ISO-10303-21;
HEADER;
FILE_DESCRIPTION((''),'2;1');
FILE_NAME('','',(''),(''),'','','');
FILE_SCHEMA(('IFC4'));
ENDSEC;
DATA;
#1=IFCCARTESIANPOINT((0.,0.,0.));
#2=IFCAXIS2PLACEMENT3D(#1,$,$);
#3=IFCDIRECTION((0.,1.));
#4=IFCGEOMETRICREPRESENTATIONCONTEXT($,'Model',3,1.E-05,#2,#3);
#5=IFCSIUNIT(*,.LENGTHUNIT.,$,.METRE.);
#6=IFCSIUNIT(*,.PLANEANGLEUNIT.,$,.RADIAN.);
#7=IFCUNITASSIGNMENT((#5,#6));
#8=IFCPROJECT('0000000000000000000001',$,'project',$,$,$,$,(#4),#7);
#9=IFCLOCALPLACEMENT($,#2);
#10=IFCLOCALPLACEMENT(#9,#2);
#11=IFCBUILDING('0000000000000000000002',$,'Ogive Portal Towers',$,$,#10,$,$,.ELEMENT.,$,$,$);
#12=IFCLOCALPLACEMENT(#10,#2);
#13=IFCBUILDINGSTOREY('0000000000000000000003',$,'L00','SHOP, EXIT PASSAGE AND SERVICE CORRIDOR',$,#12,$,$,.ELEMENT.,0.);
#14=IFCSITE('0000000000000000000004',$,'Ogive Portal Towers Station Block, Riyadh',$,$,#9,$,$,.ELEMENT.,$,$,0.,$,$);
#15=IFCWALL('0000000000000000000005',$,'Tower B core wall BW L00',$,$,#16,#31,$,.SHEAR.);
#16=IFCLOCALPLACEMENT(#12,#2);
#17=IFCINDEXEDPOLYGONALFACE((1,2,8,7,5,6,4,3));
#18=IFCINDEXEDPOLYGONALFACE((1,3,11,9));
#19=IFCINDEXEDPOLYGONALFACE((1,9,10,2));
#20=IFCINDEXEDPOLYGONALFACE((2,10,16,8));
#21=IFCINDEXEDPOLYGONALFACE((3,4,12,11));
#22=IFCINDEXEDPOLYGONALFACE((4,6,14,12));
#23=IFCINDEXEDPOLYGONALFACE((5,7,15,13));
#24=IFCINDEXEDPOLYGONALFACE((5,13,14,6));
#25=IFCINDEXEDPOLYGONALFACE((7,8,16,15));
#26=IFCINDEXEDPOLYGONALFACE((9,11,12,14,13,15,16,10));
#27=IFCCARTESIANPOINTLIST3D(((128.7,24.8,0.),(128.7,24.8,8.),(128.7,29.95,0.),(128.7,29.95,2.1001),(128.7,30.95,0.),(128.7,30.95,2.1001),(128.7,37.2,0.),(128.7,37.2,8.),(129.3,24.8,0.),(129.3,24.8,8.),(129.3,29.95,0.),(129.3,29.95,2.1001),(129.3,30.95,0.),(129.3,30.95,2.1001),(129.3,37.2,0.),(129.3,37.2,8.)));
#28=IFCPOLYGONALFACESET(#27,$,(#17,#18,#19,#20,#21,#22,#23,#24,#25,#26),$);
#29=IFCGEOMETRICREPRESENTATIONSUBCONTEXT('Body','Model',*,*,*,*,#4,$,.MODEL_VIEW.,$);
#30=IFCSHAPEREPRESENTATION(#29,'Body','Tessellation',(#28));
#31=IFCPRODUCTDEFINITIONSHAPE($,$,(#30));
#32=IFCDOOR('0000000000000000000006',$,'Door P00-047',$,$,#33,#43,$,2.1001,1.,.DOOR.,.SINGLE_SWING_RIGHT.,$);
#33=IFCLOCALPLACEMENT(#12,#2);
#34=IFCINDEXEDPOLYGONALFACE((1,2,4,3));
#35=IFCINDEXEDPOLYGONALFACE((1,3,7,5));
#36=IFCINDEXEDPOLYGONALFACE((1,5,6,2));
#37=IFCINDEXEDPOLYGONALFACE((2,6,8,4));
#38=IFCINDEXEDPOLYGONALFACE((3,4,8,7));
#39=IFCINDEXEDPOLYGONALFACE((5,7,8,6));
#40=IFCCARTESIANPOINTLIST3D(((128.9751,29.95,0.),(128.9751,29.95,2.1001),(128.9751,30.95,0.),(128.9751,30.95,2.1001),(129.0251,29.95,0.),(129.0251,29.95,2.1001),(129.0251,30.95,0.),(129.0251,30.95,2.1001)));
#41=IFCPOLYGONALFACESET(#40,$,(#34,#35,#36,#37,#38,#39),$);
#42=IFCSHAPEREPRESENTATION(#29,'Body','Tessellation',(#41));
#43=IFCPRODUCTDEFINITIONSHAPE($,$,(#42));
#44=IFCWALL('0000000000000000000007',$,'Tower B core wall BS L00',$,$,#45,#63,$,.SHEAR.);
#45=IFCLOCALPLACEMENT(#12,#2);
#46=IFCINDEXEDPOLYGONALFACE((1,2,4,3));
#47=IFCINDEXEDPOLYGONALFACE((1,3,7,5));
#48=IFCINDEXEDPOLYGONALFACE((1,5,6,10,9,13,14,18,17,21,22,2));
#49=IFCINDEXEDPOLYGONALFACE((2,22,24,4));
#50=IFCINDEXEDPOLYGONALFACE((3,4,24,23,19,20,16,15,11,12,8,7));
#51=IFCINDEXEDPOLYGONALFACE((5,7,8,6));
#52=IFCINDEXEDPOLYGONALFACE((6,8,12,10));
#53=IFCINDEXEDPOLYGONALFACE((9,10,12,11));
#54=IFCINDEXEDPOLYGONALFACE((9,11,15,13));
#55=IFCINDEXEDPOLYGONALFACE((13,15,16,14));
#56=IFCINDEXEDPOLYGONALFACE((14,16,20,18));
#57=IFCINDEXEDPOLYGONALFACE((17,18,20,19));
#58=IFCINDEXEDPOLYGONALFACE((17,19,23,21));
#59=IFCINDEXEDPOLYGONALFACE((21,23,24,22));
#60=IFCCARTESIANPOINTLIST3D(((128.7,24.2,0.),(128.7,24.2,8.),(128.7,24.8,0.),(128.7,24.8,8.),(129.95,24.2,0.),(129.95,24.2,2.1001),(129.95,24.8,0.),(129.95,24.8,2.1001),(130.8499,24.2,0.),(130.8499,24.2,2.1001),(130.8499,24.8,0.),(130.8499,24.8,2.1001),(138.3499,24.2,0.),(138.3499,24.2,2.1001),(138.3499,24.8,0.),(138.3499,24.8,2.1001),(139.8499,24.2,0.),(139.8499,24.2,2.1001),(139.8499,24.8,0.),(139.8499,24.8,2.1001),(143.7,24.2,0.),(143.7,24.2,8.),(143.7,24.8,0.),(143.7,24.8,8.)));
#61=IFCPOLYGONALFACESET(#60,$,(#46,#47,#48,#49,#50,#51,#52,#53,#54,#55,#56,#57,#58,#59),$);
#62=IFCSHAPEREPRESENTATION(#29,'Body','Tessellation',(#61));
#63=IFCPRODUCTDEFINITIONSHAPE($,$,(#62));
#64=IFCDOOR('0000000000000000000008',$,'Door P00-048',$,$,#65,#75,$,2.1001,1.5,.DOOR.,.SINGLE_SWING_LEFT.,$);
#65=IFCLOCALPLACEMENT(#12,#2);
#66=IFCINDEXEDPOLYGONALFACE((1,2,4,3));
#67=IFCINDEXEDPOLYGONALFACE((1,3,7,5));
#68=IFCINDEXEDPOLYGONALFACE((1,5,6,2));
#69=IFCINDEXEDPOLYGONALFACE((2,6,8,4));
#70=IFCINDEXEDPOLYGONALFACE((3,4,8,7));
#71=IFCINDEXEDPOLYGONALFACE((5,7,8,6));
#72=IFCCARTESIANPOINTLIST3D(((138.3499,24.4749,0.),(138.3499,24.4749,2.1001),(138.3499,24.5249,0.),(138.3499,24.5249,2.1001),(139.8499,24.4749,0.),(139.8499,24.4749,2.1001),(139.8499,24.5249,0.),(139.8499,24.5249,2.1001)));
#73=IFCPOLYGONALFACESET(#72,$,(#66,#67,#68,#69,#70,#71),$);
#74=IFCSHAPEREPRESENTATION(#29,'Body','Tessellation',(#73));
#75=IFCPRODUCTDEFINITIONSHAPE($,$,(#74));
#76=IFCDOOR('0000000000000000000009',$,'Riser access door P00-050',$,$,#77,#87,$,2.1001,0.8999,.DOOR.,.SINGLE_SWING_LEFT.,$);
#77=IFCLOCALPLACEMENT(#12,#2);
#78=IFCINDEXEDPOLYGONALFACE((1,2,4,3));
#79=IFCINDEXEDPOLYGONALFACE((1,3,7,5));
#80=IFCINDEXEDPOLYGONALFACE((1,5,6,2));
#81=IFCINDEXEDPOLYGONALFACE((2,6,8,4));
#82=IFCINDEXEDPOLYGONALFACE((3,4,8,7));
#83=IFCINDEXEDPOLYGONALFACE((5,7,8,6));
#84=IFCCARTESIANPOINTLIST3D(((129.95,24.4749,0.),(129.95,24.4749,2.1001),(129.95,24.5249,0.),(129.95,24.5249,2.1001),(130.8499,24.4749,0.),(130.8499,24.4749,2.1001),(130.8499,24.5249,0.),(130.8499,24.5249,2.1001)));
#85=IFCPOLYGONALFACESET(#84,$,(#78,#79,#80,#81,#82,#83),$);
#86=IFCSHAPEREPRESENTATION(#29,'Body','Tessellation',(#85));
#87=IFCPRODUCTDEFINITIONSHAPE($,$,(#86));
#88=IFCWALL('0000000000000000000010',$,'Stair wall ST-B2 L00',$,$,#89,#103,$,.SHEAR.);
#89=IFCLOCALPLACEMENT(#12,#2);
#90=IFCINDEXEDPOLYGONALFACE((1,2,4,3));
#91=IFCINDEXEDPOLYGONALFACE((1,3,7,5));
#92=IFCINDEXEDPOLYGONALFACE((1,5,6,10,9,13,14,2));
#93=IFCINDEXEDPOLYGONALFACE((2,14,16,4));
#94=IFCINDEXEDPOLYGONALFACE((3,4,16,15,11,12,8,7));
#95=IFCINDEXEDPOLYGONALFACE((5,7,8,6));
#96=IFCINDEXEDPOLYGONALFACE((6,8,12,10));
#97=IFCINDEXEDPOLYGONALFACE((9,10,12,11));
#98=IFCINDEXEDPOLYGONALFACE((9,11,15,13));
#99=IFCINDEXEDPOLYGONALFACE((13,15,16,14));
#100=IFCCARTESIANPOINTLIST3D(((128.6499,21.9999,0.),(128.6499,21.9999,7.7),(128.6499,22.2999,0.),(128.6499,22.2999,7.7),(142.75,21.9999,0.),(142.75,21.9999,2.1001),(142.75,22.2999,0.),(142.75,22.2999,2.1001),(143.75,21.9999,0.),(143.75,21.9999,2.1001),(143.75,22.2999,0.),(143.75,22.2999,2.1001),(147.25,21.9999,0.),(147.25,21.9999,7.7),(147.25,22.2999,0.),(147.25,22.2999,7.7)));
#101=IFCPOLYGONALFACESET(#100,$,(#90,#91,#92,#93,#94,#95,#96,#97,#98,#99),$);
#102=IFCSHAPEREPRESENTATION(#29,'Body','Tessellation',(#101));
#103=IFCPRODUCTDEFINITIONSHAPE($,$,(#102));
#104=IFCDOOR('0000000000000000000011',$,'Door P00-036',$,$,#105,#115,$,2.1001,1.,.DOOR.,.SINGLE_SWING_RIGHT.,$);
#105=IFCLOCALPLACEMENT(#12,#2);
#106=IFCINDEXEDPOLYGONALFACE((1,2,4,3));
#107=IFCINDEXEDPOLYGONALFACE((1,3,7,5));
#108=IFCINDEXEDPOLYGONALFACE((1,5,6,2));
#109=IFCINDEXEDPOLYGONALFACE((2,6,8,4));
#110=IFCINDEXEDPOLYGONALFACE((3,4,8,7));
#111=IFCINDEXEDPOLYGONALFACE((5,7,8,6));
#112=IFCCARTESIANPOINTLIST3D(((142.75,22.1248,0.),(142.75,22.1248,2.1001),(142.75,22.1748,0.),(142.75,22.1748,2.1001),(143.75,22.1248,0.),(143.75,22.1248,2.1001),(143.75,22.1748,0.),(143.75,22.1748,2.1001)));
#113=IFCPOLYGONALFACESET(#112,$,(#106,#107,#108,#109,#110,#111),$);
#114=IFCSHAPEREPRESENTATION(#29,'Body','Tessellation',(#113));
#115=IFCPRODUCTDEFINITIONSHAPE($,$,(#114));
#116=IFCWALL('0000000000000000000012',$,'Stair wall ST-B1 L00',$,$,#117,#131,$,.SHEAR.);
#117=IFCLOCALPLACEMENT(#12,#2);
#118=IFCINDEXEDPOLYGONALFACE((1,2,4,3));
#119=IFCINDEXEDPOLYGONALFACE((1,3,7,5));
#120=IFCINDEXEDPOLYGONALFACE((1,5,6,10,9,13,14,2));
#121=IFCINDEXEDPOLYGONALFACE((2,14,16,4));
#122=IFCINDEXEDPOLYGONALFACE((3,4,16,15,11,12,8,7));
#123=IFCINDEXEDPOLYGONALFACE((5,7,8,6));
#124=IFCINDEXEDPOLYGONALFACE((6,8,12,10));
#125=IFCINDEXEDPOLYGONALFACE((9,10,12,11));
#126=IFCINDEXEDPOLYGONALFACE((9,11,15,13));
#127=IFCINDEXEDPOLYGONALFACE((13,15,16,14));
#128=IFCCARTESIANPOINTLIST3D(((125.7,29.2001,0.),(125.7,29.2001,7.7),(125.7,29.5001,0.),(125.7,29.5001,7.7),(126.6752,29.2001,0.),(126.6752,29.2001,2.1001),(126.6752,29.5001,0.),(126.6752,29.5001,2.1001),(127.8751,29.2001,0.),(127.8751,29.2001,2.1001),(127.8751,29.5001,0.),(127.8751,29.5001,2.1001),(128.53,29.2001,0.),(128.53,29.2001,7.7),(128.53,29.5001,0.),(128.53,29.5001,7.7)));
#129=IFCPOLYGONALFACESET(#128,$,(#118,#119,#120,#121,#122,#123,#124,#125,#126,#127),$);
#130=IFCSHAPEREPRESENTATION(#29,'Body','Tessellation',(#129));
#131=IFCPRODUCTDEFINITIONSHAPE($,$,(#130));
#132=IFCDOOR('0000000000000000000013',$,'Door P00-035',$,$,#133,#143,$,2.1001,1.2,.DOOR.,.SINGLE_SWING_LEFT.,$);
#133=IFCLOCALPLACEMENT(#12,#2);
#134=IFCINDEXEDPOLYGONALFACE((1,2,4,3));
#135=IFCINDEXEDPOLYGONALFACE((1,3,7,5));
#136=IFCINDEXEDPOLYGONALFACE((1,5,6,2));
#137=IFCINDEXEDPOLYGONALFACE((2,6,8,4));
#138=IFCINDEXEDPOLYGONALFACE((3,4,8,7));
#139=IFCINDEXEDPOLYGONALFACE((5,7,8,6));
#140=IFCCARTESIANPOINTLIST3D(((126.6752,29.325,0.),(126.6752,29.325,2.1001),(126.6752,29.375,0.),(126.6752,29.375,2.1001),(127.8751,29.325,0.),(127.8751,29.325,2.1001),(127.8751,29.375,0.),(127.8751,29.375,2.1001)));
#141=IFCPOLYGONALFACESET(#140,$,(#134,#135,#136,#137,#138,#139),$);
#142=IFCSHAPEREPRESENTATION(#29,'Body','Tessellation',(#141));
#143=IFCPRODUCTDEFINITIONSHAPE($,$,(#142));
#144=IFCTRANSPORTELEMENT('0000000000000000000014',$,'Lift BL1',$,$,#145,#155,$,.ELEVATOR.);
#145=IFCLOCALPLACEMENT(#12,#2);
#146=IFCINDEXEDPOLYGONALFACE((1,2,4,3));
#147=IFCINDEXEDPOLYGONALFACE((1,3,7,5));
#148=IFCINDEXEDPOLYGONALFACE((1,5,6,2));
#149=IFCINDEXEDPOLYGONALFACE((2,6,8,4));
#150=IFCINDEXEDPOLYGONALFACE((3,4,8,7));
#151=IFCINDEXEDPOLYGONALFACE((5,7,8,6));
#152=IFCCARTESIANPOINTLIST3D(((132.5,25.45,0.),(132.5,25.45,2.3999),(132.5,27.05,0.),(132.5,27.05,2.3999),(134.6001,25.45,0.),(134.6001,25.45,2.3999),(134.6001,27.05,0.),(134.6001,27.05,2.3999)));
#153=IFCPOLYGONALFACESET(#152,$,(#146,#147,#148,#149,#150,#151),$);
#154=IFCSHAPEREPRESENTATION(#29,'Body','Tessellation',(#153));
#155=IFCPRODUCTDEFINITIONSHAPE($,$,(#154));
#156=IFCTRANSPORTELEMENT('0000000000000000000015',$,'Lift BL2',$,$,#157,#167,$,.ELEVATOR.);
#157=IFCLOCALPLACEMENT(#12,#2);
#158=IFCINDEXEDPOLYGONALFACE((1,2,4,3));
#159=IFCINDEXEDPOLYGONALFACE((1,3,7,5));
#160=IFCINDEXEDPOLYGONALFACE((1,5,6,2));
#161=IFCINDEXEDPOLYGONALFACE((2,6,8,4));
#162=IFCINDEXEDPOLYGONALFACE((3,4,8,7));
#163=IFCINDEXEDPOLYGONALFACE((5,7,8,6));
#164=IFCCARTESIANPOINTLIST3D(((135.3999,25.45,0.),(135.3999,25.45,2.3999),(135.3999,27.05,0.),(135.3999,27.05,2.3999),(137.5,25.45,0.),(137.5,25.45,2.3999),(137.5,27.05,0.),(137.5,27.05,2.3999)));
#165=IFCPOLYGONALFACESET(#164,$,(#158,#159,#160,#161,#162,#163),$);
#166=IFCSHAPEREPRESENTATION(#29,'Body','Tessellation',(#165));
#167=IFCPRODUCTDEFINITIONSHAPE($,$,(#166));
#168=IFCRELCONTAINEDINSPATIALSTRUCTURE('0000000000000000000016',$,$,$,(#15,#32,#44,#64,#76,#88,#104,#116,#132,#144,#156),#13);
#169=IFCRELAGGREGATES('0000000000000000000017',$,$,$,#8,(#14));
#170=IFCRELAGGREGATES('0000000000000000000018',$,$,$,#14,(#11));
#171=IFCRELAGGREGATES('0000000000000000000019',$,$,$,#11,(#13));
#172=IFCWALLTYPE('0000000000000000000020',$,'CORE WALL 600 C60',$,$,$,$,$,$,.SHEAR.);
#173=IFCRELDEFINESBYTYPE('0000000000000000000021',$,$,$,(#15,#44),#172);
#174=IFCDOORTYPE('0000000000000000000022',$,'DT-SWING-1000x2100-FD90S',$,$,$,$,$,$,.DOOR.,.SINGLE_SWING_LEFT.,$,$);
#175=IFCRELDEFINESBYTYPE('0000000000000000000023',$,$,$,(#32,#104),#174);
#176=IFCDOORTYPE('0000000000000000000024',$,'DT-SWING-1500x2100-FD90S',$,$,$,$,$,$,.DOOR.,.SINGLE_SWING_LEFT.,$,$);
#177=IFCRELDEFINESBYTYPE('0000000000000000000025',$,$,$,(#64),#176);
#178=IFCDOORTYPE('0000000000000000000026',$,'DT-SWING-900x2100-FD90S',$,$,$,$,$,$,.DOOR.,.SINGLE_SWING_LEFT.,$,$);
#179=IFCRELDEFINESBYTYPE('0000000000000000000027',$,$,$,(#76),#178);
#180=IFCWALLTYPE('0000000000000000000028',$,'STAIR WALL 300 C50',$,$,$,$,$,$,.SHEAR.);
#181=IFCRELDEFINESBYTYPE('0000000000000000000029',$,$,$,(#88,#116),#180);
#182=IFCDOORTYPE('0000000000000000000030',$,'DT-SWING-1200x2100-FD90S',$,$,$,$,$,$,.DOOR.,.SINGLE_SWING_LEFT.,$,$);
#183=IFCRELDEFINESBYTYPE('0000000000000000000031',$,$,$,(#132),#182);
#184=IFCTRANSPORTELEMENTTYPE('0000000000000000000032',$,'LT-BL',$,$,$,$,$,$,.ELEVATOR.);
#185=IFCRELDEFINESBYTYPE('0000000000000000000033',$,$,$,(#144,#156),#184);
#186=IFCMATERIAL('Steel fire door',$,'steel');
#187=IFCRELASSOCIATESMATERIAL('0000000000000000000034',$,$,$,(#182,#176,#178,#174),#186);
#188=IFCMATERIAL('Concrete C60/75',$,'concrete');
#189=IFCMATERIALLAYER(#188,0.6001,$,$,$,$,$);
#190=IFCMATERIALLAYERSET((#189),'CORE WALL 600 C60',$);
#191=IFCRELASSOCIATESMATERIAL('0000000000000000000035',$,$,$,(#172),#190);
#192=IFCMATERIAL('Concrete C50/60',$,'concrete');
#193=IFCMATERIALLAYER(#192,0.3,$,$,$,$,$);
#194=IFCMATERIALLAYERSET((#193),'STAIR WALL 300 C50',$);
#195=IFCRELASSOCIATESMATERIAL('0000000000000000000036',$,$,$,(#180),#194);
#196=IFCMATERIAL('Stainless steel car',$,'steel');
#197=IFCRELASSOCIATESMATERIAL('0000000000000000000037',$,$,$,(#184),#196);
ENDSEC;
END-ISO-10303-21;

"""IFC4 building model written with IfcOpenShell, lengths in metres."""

from ifc_helpers import new_model, si_unit, direction, frame, frame_2d, origin, origin_2d, place, context, subcontext, project, spatial, rectangle, extrude, material, layer, layer_set, type_object, element, fill, save


model = new_model("IFC4")

# Units and contexts
model_context = context("Model", 3, precision=1e-05, world=origin(), true_north=direction((0.0, 1.0)))
body_context = subcontext(model_context, "Body", "Model", "MODEL_VIEW")
ifc_project = project(units=[si_unit("LENGTHUNIT", "METRE"), si_unit("PLANEANGLEUNIT", "RADIAN")], contexts=[model_context])

# Site, building, storey
site_placement = place(None, origin())
site = spatial("IfcSite", under=ifc_project, at=site_placement, Name="Ogive Portal Towers Station Block, Riyadh", CompositionType="ELEMENT", RefElevation=0.0)
building_placement = place(site_placement, origin())
building = spatial("IfcBuilding", under=site, at=building_placement, Name="Ogive Portal Towers", CompositionType="ELEMENT")
storey_placement = place(building_placement, origin())
storey = spatial("IfcBuildingStorey", under=building, at=storey_placement, Name="L00", Description="SHOP, EXIT PASSAGE AND SERVICE CORRIDOR", CompositionType="ELEMENT", Elevation=0.0)

# Shared definitions
ifc_material_1 = material(Name="Concrete C50/60", Category="concrete")

# Shared definitions
ifc_material_2 = material(Name="Concrete C60/75", Category="concrete")
ifc_material_3 = material(Name="Steel fire door", Category="steel")
door_type_1 = type_object("IfcDoorType", Name="DT-SWING-1200x2100-FD90S", OperationType="SINGLE_SWING_LEFT", PredefinedType="DOOR", material=ifc_material_3)

# Shared definitions
door_type_2 = type_object("IfcDoorType", Name="DT-SWING-1500x2100-FD90S", OperationType="SINGLE_SWING_LEFT", PredefinedType="DOOR", material=ifc_material_3)
door_type_3 = type_object("IfcDoorType", Name="DT-SWING-900x2100-FD90S", OperationType="SINGLE_SWING_LEFT", PredefinedType="DOOR", material=ifc_material_3)

# Wall, opening, door
ifc_layer_1 = layer(ifc_material_2, 0.6001)
ifc_layer_set_1 = layer_set([ifc_layer_1], Name="CORE WALL 600 C60")
wall_type_1 = type_object("IfcWallType", Name="CORE WALL 600 C60", PredefinedType="SHEAR", material=ifc_layer_set_1)
wall_1_placement = place(storey_placement, frame((129.0, 24.8, 0.0), z_axis=(0.0, 0.0, 1.0), x_axis=(0.0, 1.0, 0.0)))
wall_1 = element("IfcWall", 1, at=wall_1_placement, inside=storey, type_object=wall_type_1, Name="Tower B core wall BW L00", PredefinedType="SHEAR", context=body_context, shape_type="SweptSolid", body=[
    extrude(rectangle(XDim=12.3999, YDim=0.6001, at=frame_2d((6.2, 0.0))), origin(), (0.0, 0.0, 1.0), 8.0),
])
opening_1_placement = place(wall_1_placement, frame((5.1499, 0.0, 0.0)))
opening_1 = element("IfcOpeningElement", 2, at=opening_1_placement, cuts=wall_1, PredefinedType="OPENING", context=body_context, shape_type="SweptSolid", body=[
    extrude(rectangle(XDim=1.0, YDim=2.1001, at=frame_2d((0.5, 1.05))), frame((0.0, 0.3101, 0.0), z_axis=(0.0, -1.0, 0.0), x_axis=(1.0, 0.0, 0.0)), (0.0, 0.0, 1.0), 0.6201),
])
door_type_4 = type_object("IfcDoorType", Name="DT-SWING-1000x2100-FD90S", OperationType="SINGLE_SWING_LEFT", PredefinedType="DOOR", material=ifc_material_3)
door_1_placement = place(opening_1_placement, origin())
door_1 = element("IfcDoor", 3, at=door_1_placement, inside=storey, type_object=door_type_4, Name="Door P00-047", OperationType="SINGLE_SWING_RIGHT", OverallHeight=2.1001, OverallWidth=1.0, PredefinedType="DOOR", context=body_context, shape_type="SweptSolid", body=[
    extrude(rectangle(XDim=1.0, YDim=2.1001, at=frame_2d((0.5, 1.05))), frame((0.0, 0.0249, 0.0), z_axis=(0.0, -1.0, 0.0), x_axis=(1.0, 0.0, 0.0)), (0.0, 0.0, 1.0), 0.05),
])
fill(opening_1, door_1)

# Wall, openings, doors
wall_2_placement = place(storey_placement, frame((128.7, 24.5, 0.0), z_axis=(0.0, 0.0, 1.0), x_axis=(1.0, 0.0, 0.0)))
wall_2 = element("IfcWall", 4, at=wall_2_placement, inside=storey, type_object=wall_type_1, Name="Tower B core wall BS L00", PredefinedType="SHEAR", context=body_context, shape_type="SweptSolid", body=[
    extrude(rectangle(XDim=15.0, YDim=0.6001, at=frame_2d((7.5, 0.0))), origin(), (0.0, 0.0, 1.0), 8.0),
])
opening_2_placement = place(wall_2_placement, frame((9.6499, 0.0, 0.0)))
opening_2 = element("IfcOpeningElement", 5, at=opening_2_placement, cuts=wall_2, PredefinedType="OPENING", context=body_context, shape_type="SweptSolid", body=[
    extrude(rectangle(XDim=1.5, YDim=2.1001, at=frame_2d((0.75, 1.05))), frame((0.0, 0.3101, 0.0), z_axis=(0.0, -1.0, 0.0), x_axis=(1.0, 0.0, 0.0)), (0.0, 0.0, 1.0), 0.6201),
])
opening_3_placement = place(wall_2_placement, frame((1.25, 0.0, 0.0)))
opening_3 = element("IfcOpeningElement", 6, at=opening_3_placement, cuts=wall_2, PredefinedType="OPENING", context=body_context, shape_type="SweptSolid", body=[
    extrude(rectangle(XDim=0.8999, YDim=2.1001, at=frame_2d((0.45, 1.05))), frame((0.0, 0.3101, 0.0), z_axis=(0.0, -1.0, 0.0), x_axis=(1.0, 0.0, 0.0)), (0.0, 0.0, 1.0), 0.6201),
])
door_2_placement = place(opening_2_placement, origin())
door_2 = element("IfcDoor", 7, at=door_2_placement, inside=storey, type_object=door_type_2, Name="Door P00-048", OperationType="SINGLE_SWING_LEFT", OverallHeight=2.1001, OverallWidth=1.5, PredefinedType="DOOR", context=body_context, shape_type="SweptSolid", body=[
    extrude(rectangle(XDim=1.5, YDim=2.1001, at=frame_2d((0.75, 1.05))), frame((0.0, 0.0249, 0.0), z_axis=(0.0, -1.0, 0.0), x_axis=(1.0, 0.0, 0.0)), (0.0, 0.0, 1.0), 0.05),
])
fill(opening_2, door_2)
door_3_placement = place(opening_3_placement, origin())
door_3 = element("IfcDoor", 8, at=door_3_placement, inside=storey, type_object=door_type_3, Name="Riser access door P00-050", OperationType="SINGLE_SWING_LEFT", OverallHeight=2.1001, OverallWidth=0.8999, PredefinedType="DOOR", context=body_context, shape_type="SweptSolid", body=[
    extrude(rectangle(XDim=0.8999, YDim=2.1001, at=frame_2d((0.45, 1.05))), frame((0.0, 0.0249, 0.0), z_axis=(0.0, -1.0, 0.0), x_axis=(1.0, 0.0, 0.0)), (0.0, 0.0, 1.0), 0.05),
])
fill(opening_3, door_3)

# Walls, openings, doors
ifc_layer_2 = layer(ifc_material_1, 0.3)
ifc_layer_set_2 = layer_set([ifc_layer_2], Name="STAIR WALL 300 C50")
wall_type_2 = type_object("IfcWallType", Name="STAIR WALL 300 C50", PredefinedType="SHEAR", material=ifc_layer_set_2)
wall_3_placement = place(storey_placement, frame((128.6499, 22.1499, 0.0), z_axis=(0.0, 0.0, 1.0), x_axis=(1.0, 0.0, 0.0)))
wall_3 = element("IfcWall", 9, at=wall_3_placement, inside=storey, type_object=wall_type_2, Name="Stair wall ST-B2 L00", PredefinedType="SHEAR", context=body_context, shape_type="SweptSolid", body=[
    extrude(rectangle(XDim=18.6001, YDim=0.3, at=frame_2d((9.3, 0.0))), origin(), (0.0, 0.0, 1.0), 7.7),
])
opening_4_placement = place(wall_3_placement, frame((14.1001, 0.0, 0.0)))
opening_4 = element("IfcOpeningElement", 10, at=opening_4_placement, cuts=wall_3, PredefinedType="OPENING", context=body_context, shape_type="SweptSolid", body=[
    extrude(rectangle(XDim=1.0, YDim=2.1001, at=frame_2d((0.5, 1.05))), frame((0.0, 0.1602, 0.0), z_axis=(0.0, -1.0, 0.0), x_axis=(1.0, 0.0, 0.0)), (0.0, 0.0, 1.0), 0.3201),
])
door_4_placement = place(opening_4_placement, origin())
door_4 = element("IfcDoor", 11, at=door_4_placement, inside=storey, type_object=door_type_4, Name="Door P00-036", OperationType="SINGLE_SWING_RIGHT", OverallHeight=2.1001, OverallWidth=1.0, PredefinedType="DOOR", context=body_context, shape_type="SweptSolid", body=[
    extrude(rectangle(XDim=1.0, YDim=2.1001, at=frame_2d((0.5, 1.05))), frame((0.0, 0.0249, 0.0), z_axis=(0.0, -1.0, 0.0), x_axis=(1.0, 0.0, 0.0)), (0.0, 0.0, 1.0), 0.05),
])
fill(opening_4, door_4)
wall_4_placement = place(storey_placement, frame((125.7, 29.3501, 0.0), z_axis=(0.0, 0.0, 1.0), x_axis=(1.0, 0.0, 0.0)))
wall_4 = element("IfcWall", 12, at=wall_4_placement, inside=storey, type_object=wall_type_2, Name="Stair wall ST-B1 L00", PredefinedType="SHEAR", context=body_context, shape_type="SweptSolid", body=[
    extrude(rectangle(XDim=2.8301, YDim=0.3, at=frame_2d((1.415, 0.0))), origin(), (0.0, 0.0, 1.0), 7.7),
])
opening_5_placement = place(wall_4_placement, frame((0.9751, 0.0, 0.0)))
opening_5 = element("IfcOpeningElement", 13, at=opening_5_placement, cuts=wall_4, PredefinedType="OPENING", context=body_context, shape_type="SweptSolid", body=[
    extrude(rectangle(XDim=1.2, YDim=2.1001, at=frame_2d((0.6001, 1.05))), frame((0.0, 0.1602, 0.0), z_axis=(0.0, -1.0, 0.0), x_axis=(1.0, 0.0, 0.0)), (0.0, 0.0, 1.0), 0.3201),
])
door_5_placement = place(opening_5_placement, origin())
door_5 = element("IfcDoor", 14, at=door_5_placement, inside=storey, type_object=door_type_1, Name="Door P00-035", OperationType="SINGLE_SWING_LEFT", OverallHeight=2.1001, OverallWidth=1.2, PredefinedType="DOOR", context=body_context, shape_type="SweptSolid", body=[
    extrude(rectangle(XDim=1.2, YDim=2.1001, at=frame_2d((0.6001, 1.05))), frame((0.0, 0.0249, 0.0), z_axis=(0.0, -1.0, 0.0), x_axis=(1.0, 0.0, 0.0)), (0.0, 0.0, 1.0), 0.05),
])
fill(opening_5, door_5)

# Transport elements
ifc_material_4 = material(Name="Stainless steel car", Category="steel")
transport_element_type = type_object("IfcTransportElementType", Name="LT-BL", PredefinedType="ELEVATOR", material=ifc_material_4)
for number, where, z_axis, x_axis, name in (
    (15, (133.55, 26.25, 0.0), (0.0, 0.0, 1.0), (1.0, 0.0, 0.0), "Lift BL1"),
    (16, (136.45, 26.25, 0.0), (0.0, 0.0, 1.0), (1.0, 0.0, 0.0), "Lift BL2"),
):
    element("IfcTransportElement", number, at=place(storey_placement, frame(where, z_axis=z_axis, x_axis=x_axis)), inside=storey, type_object=transport_element_type, Name=name, PredefinedType="ELEVATOR", context=body_context, shape_type="SweptSolid", body=[
        extrude(rectangle(XDim=2.1001, YDim=1.6001, at=origin_2d()), origin(), (0.0, 0.0, 1.0), 2.3999),
    ])

save(model, "model.ifc")
